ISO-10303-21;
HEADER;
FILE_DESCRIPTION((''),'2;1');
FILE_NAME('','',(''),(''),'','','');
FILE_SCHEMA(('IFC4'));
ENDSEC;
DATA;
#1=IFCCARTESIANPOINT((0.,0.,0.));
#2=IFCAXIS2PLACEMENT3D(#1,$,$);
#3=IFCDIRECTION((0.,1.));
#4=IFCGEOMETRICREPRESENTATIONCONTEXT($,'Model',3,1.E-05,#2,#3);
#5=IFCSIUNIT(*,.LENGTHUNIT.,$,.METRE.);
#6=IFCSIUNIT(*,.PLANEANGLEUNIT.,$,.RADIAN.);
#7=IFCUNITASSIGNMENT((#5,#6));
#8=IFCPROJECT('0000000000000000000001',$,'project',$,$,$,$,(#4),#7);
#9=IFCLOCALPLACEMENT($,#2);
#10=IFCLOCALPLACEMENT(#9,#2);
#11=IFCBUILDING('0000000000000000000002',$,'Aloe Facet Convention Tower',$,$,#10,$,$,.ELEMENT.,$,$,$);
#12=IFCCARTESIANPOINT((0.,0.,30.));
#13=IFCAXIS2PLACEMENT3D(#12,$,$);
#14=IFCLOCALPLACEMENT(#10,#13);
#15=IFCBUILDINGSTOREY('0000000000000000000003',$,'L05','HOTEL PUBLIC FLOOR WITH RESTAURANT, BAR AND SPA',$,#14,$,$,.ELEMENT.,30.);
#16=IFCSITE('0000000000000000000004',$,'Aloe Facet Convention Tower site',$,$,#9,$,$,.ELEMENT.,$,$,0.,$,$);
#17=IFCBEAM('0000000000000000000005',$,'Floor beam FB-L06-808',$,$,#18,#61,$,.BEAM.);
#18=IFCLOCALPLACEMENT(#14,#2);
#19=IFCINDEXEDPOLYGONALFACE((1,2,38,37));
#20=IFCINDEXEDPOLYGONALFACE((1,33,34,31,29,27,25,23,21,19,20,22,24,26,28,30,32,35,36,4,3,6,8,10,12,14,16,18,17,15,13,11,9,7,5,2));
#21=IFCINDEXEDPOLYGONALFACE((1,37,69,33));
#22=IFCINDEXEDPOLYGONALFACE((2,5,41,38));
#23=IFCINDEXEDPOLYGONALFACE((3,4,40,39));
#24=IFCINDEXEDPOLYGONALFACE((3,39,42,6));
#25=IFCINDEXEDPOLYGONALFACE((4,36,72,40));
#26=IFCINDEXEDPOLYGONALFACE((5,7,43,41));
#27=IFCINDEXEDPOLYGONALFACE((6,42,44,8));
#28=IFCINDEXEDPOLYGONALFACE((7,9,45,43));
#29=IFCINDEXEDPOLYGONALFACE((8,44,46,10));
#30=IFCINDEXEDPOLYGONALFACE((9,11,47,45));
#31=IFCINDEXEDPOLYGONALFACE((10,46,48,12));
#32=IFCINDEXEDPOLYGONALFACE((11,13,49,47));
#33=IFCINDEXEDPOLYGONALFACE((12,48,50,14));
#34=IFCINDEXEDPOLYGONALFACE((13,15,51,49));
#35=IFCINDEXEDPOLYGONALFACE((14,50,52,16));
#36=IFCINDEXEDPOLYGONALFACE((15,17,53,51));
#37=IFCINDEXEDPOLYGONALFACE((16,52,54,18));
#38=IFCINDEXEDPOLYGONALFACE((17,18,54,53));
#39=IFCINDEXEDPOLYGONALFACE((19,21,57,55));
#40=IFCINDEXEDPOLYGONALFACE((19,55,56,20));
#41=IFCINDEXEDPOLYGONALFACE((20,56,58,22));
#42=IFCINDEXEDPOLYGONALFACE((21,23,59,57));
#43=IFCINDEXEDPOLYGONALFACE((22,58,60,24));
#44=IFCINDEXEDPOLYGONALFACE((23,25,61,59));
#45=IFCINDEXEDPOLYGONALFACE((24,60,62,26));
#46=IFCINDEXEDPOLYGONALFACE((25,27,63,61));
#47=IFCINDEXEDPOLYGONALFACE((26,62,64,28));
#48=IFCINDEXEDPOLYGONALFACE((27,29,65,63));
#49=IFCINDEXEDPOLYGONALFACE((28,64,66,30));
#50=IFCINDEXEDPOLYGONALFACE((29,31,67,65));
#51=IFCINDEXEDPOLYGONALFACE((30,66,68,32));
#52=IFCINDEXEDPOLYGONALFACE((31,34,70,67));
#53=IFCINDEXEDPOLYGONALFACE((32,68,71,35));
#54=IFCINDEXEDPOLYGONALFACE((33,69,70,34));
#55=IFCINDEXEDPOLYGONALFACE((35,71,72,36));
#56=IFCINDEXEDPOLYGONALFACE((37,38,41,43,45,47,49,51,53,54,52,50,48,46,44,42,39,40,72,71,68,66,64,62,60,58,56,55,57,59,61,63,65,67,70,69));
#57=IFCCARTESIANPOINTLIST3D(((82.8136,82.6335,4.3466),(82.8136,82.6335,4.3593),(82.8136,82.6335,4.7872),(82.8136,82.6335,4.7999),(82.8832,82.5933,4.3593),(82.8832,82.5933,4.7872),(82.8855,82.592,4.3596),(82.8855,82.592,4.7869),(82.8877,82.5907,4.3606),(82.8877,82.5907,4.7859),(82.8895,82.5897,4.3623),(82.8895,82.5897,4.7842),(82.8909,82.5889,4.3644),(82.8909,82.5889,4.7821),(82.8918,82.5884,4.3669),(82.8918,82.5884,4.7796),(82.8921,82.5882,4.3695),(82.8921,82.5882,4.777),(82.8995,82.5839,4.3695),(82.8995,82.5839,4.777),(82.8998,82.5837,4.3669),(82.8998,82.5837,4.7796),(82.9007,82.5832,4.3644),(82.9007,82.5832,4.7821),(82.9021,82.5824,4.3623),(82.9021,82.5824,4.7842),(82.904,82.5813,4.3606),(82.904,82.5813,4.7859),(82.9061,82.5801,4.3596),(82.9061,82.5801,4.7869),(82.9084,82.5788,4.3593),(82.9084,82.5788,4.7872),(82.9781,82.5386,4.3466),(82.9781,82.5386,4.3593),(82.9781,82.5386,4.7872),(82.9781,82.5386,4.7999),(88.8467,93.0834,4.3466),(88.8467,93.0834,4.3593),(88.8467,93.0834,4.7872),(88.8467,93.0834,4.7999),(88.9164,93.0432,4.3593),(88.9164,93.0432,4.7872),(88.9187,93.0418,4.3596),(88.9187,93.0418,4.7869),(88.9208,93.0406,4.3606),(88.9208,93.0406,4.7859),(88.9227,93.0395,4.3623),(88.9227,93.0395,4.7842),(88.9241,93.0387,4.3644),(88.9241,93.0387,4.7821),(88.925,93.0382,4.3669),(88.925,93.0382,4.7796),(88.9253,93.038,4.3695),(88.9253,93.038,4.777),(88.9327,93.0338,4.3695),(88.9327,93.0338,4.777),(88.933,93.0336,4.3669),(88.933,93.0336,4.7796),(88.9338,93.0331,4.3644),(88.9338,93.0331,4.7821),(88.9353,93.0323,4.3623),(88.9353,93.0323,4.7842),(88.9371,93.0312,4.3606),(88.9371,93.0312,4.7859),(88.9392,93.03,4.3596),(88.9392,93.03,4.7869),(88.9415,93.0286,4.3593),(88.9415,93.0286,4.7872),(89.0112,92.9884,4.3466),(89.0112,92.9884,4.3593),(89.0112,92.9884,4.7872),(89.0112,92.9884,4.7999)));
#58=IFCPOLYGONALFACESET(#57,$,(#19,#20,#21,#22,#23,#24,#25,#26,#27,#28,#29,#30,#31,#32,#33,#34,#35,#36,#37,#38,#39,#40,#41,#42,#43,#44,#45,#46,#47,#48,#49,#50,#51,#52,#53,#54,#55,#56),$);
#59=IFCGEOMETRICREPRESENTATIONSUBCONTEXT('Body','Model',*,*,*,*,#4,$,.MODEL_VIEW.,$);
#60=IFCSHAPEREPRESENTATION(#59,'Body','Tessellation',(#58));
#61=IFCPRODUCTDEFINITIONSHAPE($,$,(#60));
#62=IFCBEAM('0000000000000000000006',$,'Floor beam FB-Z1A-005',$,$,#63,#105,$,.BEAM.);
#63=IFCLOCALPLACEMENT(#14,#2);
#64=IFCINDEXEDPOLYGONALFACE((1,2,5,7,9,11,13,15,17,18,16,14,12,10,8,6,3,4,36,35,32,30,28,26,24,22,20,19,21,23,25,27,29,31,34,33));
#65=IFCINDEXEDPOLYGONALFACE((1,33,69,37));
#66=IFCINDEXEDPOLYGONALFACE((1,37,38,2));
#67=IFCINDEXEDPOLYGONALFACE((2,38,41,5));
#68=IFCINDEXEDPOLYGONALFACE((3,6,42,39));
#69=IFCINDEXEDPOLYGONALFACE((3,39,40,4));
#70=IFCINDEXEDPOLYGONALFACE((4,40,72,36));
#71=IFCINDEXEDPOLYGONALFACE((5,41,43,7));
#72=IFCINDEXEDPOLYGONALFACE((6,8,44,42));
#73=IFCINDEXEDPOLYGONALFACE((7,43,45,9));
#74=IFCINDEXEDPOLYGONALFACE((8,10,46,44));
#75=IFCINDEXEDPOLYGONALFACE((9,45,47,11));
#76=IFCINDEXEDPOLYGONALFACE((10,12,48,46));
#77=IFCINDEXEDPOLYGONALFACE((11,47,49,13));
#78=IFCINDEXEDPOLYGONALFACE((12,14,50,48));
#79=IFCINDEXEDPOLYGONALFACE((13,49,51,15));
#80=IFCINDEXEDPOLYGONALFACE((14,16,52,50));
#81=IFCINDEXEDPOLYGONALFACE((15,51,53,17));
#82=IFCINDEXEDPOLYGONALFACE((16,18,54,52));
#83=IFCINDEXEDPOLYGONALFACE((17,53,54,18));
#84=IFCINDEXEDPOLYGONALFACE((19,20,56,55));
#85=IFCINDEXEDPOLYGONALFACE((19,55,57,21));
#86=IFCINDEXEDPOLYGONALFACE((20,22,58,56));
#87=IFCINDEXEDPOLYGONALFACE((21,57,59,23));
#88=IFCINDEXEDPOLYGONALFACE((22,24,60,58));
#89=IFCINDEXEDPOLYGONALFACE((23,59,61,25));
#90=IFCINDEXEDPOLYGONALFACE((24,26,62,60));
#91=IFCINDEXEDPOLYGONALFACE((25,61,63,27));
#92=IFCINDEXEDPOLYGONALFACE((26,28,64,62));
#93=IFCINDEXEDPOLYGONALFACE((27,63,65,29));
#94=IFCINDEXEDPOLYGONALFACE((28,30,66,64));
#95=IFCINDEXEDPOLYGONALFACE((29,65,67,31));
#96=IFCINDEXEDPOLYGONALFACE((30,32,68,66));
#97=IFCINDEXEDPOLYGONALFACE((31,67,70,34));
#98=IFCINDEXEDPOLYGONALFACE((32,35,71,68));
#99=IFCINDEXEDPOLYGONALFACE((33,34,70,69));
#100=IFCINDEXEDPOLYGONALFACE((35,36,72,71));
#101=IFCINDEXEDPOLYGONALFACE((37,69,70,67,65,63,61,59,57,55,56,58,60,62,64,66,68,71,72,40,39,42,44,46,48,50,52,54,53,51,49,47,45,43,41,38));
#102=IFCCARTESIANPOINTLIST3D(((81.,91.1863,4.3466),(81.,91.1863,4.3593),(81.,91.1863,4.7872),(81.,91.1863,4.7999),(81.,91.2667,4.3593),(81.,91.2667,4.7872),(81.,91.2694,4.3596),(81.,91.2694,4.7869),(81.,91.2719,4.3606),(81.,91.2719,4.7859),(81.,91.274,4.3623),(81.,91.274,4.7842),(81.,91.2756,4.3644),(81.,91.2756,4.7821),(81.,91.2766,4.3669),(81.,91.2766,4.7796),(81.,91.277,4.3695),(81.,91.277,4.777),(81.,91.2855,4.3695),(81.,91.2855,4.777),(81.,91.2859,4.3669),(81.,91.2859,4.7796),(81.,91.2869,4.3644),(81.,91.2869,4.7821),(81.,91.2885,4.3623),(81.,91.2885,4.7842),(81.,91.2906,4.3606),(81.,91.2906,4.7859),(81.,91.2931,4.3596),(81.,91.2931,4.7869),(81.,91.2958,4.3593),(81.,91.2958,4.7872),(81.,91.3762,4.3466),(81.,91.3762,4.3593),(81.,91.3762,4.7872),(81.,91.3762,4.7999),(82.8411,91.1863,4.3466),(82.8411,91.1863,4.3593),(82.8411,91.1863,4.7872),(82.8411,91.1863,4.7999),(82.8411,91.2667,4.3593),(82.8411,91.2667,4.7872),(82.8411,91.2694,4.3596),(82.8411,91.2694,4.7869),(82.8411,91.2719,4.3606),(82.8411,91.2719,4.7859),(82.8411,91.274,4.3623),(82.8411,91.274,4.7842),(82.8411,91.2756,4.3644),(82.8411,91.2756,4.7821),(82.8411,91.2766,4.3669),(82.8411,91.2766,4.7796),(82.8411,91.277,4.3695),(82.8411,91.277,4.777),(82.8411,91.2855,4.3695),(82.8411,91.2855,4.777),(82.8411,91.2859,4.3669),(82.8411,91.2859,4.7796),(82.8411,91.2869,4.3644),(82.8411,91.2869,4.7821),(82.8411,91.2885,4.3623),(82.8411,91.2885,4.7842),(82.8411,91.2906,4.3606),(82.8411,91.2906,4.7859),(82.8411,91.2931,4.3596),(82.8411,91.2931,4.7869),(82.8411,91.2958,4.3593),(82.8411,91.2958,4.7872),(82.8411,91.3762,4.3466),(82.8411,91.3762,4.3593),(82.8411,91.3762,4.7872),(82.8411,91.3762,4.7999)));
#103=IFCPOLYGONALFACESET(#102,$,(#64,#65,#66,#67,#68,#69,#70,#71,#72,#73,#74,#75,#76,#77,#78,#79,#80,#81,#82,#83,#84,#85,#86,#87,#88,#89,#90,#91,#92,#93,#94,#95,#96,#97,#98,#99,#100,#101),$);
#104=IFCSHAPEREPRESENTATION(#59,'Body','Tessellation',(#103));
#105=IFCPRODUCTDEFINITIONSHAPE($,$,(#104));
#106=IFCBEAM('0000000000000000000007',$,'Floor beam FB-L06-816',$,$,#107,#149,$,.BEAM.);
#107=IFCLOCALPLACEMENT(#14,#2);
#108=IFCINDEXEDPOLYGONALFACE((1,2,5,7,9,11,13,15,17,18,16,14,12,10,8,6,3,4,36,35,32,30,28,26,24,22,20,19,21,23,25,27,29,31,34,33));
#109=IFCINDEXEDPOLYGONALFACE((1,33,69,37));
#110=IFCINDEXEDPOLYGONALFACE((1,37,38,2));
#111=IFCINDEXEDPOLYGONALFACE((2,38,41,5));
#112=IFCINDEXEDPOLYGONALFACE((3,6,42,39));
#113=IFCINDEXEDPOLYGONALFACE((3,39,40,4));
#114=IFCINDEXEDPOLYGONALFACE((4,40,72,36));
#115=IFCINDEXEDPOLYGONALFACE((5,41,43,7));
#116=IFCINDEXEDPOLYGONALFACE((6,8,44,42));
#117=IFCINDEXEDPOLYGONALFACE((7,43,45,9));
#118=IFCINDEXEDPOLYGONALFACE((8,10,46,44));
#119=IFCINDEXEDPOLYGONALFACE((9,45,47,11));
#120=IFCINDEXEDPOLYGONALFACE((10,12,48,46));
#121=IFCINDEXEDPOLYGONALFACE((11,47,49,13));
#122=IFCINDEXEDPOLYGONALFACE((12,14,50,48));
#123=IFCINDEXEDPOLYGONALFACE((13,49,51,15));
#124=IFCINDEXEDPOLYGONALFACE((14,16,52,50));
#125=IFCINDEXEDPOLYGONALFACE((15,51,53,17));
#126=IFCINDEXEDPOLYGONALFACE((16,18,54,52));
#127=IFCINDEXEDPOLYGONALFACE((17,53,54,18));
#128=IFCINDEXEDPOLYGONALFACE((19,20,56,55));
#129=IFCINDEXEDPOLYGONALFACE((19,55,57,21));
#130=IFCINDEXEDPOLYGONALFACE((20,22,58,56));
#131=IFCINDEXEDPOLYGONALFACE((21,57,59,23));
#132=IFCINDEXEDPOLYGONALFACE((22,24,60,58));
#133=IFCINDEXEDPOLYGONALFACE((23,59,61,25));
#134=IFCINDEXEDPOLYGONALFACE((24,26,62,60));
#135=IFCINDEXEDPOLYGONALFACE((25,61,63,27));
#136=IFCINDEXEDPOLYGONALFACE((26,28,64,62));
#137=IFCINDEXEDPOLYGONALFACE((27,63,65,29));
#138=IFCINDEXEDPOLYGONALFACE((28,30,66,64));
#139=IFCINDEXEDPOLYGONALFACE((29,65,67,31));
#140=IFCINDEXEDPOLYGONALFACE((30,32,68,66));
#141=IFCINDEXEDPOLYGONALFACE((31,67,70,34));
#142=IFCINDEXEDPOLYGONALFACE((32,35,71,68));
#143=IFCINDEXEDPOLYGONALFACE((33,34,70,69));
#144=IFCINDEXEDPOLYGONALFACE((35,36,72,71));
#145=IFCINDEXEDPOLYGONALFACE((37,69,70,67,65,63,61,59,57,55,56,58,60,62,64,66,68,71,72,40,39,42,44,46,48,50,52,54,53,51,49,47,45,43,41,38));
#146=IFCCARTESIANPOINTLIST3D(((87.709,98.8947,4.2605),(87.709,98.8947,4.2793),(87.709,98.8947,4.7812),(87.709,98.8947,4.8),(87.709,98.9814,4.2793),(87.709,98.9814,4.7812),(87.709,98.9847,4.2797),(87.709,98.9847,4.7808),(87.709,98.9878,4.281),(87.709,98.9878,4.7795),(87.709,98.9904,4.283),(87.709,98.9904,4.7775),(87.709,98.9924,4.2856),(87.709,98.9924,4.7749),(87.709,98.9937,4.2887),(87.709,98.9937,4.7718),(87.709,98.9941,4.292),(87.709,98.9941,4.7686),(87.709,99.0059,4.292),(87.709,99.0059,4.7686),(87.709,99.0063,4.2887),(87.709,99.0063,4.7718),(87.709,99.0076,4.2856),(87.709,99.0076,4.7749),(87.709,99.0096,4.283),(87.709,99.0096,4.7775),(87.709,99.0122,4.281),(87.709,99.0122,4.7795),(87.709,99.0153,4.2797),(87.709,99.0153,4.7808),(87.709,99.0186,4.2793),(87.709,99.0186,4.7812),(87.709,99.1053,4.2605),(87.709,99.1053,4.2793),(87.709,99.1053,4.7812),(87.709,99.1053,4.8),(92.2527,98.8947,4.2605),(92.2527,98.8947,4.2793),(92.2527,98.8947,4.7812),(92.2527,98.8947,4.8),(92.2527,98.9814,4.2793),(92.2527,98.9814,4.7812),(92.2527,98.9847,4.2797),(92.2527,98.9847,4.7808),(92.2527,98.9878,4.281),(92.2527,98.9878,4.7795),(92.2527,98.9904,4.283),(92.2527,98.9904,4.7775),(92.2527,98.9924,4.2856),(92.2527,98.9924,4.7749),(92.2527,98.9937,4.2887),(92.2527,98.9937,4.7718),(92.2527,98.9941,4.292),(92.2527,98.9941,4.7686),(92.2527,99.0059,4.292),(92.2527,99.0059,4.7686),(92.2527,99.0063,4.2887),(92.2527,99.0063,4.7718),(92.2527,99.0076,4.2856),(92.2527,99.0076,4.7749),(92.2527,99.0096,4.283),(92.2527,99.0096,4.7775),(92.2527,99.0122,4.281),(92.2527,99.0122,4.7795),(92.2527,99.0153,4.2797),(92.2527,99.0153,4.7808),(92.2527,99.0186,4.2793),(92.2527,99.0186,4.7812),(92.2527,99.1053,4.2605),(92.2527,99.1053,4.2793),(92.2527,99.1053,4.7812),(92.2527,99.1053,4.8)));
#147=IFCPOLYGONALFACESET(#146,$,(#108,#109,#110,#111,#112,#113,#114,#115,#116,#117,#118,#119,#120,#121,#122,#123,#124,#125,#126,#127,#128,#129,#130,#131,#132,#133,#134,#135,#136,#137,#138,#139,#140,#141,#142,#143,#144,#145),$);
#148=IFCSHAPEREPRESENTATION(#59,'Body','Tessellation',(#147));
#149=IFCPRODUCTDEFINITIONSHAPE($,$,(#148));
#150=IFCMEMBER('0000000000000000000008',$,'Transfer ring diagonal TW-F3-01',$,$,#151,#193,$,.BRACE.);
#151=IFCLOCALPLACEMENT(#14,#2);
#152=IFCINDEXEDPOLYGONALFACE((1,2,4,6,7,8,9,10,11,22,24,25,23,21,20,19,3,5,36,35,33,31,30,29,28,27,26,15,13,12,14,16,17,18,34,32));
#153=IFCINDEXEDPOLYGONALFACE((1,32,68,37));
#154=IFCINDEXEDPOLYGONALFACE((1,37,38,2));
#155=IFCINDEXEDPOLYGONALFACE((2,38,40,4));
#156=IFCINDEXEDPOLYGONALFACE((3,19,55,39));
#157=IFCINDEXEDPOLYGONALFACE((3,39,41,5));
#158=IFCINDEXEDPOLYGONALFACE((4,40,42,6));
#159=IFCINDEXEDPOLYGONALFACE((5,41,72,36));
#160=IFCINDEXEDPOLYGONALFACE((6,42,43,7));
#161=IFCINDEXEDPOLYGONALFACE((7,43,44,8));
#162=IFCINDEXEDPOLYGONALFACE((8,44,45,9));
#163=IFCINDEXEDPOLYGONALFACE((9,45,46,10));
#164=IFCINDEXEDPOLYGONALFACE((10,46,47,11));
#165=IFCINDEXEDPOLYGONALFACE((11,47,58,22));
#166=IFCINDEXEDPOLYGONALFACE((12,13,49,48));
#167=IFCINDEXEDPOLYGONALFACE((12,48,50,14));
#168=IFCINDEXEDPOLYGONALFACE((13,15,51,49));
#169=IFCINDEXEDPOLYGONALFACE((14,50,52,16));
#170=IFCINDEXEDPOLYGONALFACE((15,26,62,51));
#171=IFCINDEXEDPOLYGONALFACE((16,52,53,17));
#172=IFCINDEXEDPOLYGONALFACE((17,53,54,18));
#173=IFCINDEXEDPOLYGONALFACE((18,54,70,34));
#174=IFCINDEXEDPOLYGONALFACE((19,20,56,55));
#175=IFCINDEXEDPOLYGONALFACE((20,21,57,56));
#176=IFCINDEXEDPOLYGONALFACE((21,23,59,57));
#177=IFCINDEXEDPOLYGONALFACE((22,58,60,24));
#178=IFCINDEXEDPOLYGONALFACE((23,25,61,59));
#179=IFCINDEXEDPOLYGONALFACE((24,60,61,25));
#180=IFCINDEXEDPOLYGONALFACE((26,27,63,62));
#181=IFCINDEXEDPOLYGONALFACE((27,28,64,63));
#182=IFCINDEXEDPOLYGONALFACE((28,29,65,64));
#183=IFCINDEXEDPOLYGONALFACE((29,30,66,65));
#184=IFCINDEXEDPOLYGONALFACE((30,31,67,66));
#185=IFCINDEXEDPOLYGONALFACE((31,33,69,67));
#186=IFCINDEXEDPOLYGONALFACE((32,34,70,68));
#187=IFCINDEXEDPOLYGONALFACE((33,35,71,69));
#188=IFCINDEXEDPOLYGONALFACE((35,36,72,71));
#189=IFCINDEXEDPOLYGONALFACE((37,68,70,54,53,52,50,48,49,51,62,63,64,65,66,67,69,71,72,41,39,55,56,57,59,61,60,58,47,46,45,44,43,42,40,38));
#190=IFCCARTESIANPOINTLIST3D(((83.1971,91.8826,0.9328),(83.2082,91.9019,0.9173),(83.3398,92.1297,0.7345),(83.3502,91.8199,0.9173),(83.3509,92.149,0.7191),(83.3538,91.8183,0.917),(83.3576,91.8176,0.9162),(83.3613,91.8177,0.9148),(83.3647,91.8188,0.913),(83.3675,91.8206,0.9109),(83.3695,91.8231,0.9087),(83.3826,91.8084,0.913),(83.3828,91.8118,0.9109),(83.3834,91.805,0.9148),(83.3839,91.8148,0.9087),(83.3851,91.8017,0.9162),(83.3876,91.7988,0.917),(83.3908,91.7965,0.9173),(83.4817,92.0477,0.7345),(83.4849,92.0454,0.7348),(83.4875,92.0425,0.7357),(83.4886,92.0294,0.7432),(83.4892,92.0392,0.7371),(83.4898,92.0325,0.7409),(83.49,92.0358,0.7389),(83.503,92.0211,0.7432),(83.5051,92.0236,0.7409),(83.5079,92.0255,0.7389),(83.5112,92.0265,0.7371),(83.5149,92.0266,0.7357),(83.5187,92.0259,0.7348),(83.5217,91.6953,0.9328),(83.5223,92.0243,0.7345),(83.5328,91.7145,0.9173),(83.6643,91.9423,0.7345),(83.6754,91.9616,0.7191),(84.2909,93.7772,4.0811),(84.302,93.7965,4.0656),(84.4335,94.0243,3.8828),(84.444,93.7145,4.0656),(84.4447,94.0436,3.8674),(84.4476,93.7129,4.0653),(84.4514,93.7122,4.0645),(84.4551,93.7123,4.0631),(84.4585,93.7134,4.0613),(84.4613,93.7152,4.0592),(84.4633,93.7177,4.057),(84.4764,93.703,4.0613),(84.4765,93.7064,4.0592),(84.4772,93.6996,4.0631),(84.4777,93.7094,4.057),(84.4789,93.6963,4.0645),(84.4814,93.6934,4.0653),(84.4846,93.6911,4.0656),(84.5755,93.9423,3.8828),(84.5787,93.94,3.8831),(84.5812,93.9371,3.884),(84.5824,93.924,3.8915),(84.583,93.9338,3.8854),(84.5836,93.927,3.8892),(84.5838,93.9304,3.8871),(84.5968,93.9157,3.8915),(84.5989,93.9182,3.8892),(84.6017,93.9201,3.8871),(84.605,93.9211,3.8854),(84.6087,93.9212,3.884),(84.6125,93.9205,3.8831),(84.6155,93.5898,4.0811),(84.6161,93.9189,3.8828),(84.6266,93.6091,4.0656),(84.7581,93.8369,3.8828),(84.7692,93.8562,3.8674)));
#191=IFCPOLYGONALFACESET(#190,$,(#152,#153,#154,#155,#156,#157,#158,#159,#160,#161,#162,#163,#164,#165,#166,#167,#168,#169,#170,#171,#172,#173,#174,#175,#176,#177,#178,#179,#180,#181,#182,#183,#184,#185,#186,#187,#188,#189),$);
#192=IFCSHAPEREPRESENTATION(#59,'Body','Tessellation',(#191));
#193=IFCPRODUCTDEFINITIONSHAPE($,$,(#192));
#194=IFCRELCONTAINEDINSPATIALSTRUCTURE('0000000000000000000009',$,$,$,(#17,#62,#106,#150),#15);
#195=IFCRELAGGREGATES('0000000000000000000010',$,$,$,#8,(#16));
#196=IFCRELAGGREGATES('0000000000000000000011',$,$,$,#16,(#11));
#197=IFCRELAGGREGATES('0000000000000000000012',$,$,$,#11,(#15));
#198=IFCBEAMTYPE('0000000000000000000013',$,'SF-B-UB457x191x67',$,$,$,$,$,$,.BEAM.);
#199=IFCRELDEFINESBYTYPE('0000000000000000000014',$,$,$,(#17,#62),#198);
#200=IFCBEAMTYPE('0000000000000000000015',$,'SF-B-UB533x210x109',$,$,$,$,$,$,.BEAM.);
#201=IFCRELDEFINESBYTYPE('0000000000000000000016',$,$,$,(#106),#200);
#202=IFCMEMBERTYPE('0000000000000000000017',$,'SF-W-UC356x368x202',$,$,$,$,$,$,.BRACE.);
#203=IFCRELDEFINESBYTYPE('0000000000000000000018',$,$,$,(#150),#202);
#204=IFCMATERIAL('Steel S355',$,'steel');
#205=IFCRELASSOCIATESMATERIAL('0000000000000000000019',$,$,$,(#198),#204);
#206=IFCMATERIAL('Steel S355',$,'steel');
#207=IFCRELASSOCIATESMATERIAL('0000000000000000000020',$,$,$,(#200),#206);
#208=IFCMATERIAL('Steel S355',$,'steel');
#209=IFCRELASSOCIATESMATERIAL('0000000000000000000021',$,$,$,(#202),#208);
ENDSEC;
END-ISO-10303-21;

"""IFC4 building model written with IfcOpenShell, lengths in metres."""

from ifc_helpers import new_model, si_unit, direction, frame, origin, origin_2d, place, context, subcontext, project, spatial, i_section, extrude, material, material_profile, profile_set, type_object, element, save


model = new_model("IFC4")

# Units and contexts
model_context = context("Model", 3, precision=1e-05, world=origin(), true_north=direction((0.0, 1.0)))
body_context = subcontext(model_context, "Body", "Model", "MODEL_VIEW")
ifc_project = project(units=[si_unit("LENGTHUNIT", "METRE"), si_unit("PLANEANGLEUNIT", "RADIAN")], contexts=[model_context])

# Site, building, storey
site_placement = place(None, origin())
site = spatial("IfcSite", under=ifc_project, at=site_placement, Name="Aloe Facet Convention Tower site", CompositionType="ELEMENT", RefElevation=0.0)
building_placement = place(site_placement, origin())
building = spatial("IfcBuilding", under=site, at=building_placement, Name="Aloe Facet Convention Tower", CompositionType="ELEMENT")
storey_placement = place(building_placement, frame((0.0, 0.0, 30.0)))
storey = spatial("IfcBuildingStorey", under=building, at=storey_placement, Name="L05", Description="HOTEL PUBLIC FLOOR WITH RESTAURANT, BAR AND SPA", CompositionType="ELEMENT", Elevation=30.0)

# Beams
ifc_material_1 = material(Name="Steel S355", Category="steel")
ifc_material_profile_1 = material_profile(ifc_material_1, i_section(OverallWidth=0.1899, OverallDepth=0.4534, WebThickness=0.0085, FlangeThickness=0.0127, FilletRadius=0.0103, at=origin_2d()), Name="UB 457x191x67")
ifc_profile_set_1 = profile_set([ifc_material_profile_1], Name="Steel S355")
beam_type_1 = type_object("IfcBeamType", Name="SF-B-UB457x191x67", PredefinedType="BEAM", material=ifc_profile_set_1)
beam_1_placement = place(storey_placement, frame((88.929, 93.0359, 4.5732), z_axis=(-0.499995, -0.866028, 0.0), x_axis=(0.866028, -0.499995, 0.0)))
element("IfcBeam", 1, at=beam_1_placement, inside=storey, type_object=beam_type_1, Name="Floor beam FB-L06-808", PredefinedType="BEAM", context=body_context, shape_type="SweptSolid", body=[
    extrude(i_section(OverallWidth=0.1899, OverallDepth=0.4534, WebThickness=0.0085, FlangeThickness=0.0127, FilletRadius=0.0103, at=origin_2d()), origin(), (0.0, 0.0, 1.0), 12.0664),
])
beam_2_placement = place(storey_placement, frame((82.8411, 91.2812, 4.5732), z_axis=(-1.0, 0.0, 0.0), x_axis=(0.0, -1.0, 0.0)))
element("IfcBeam", 2, at=beam_2_placement, inside=storey, type_object=beam_type_1, Name="Floor beam FB-Z1A-005", PredefinedType="BEAM", context=body_context, shape_type="SweptSolid", body=[
    extrude(i_section(OverallWidth=0.1899, OverallDepth=0.4534, WebThickness=0.0085, FlangeThickness=0.0127, FilletRadius=0.0103, at=origin_2d()), origin(), (0.0, 0.0, 1.0), 1.8411),
])
ifc_material_2 = material(Name="Steel S355", Category="steel")
ifc_material_profile_2 = material_profile(ifc_material_2, i_section(OverallWidth=0.2107, OverallDepth=0.5396, WebThickness=0.0117, FlangeThickness=0.0188, FilletRadius=0.0127, at=origin_2d()), Name="UB 533x210x109")
ifc_profile_set_2 = profile_set([ifc_material_profile_2], Name="Steel S355")
beam_type_2 = type_object("IfcBeamType", Name="SF-B-UB533x210x109", PredefinedType="BEAM", material=ifc_profile_set_2)
beam_3_placement = place(storey_placement, frame((87.709, 99.0, 4.5303), z_axis=(1.0, 0.0, 0.0), x_axis=(0.0, 1.0, 0.0)))
element("IfcBeam", 3, at=beam_3_placement, inside=storey, type_object=beam_type_2, Name="Floor beam FB-L06-816", PredefinedType="BEAM", context=body_context, shape_type="SweptSolid", body=[
    extrude(i_section(OverallWidth=0.2107, OverallDepth=0.5396, WebThickness=0.0117, FlangeThickness=0.0188, FilletRadius=0.0127, at=origin_2d()), origin(), (0.0, 0.0, 1.0), 4.5437),
])

# Member
ifc_material_3 = material(Name="Steel S355", Category="steel")
ifc_material_profile_3 = material_profile(ifc_material_3, i_section(OverallWidth=0.3748, OverallDepth=0.3745, WebThickness=0.0166, FlangeThickness=0.0271, FilletRadius=0.0151, at=origin_2d()), Name="UC 356x368x202")
ifc_profile_set_3 = profile_set([ifc_material_profile_3], Name="Steel S355")
member_type_1 = type_object("IfcMemberType", Name="SF-W-UC356x368x202", PredefinedType="BRACE", material=ifc_profile_set_3)
for number, where, z_axis, x_axis, name in (
    (4, (83.4363, 91.9221, 0.8259), (0.285305, 0.494188, 0.821206), (-0.866037, 0.49998, 0.0), "Transfer ring diagonal TW-F3-01"),
):
    element("IfcMember", number, at=place(storey_placement, frame(where, z_axis=z_axis, x_axis=x_axis)), inside=storey, type_object=member_type_1, Name=name, PredefinedType="BRACE", context=body_context, shape_type="SweptSolid", body=[
        extrude(i_section(OverallWidth=0.3748, OverallDepth=0.3745, WebThickness=0.0166, FlangeThickness=0.0271, FilletRadius=0.0151, at=origin_2d()), origin(), (0.0, 0.0, 1.0), 3.8337),
    ])

save(model, "model.ifc")
